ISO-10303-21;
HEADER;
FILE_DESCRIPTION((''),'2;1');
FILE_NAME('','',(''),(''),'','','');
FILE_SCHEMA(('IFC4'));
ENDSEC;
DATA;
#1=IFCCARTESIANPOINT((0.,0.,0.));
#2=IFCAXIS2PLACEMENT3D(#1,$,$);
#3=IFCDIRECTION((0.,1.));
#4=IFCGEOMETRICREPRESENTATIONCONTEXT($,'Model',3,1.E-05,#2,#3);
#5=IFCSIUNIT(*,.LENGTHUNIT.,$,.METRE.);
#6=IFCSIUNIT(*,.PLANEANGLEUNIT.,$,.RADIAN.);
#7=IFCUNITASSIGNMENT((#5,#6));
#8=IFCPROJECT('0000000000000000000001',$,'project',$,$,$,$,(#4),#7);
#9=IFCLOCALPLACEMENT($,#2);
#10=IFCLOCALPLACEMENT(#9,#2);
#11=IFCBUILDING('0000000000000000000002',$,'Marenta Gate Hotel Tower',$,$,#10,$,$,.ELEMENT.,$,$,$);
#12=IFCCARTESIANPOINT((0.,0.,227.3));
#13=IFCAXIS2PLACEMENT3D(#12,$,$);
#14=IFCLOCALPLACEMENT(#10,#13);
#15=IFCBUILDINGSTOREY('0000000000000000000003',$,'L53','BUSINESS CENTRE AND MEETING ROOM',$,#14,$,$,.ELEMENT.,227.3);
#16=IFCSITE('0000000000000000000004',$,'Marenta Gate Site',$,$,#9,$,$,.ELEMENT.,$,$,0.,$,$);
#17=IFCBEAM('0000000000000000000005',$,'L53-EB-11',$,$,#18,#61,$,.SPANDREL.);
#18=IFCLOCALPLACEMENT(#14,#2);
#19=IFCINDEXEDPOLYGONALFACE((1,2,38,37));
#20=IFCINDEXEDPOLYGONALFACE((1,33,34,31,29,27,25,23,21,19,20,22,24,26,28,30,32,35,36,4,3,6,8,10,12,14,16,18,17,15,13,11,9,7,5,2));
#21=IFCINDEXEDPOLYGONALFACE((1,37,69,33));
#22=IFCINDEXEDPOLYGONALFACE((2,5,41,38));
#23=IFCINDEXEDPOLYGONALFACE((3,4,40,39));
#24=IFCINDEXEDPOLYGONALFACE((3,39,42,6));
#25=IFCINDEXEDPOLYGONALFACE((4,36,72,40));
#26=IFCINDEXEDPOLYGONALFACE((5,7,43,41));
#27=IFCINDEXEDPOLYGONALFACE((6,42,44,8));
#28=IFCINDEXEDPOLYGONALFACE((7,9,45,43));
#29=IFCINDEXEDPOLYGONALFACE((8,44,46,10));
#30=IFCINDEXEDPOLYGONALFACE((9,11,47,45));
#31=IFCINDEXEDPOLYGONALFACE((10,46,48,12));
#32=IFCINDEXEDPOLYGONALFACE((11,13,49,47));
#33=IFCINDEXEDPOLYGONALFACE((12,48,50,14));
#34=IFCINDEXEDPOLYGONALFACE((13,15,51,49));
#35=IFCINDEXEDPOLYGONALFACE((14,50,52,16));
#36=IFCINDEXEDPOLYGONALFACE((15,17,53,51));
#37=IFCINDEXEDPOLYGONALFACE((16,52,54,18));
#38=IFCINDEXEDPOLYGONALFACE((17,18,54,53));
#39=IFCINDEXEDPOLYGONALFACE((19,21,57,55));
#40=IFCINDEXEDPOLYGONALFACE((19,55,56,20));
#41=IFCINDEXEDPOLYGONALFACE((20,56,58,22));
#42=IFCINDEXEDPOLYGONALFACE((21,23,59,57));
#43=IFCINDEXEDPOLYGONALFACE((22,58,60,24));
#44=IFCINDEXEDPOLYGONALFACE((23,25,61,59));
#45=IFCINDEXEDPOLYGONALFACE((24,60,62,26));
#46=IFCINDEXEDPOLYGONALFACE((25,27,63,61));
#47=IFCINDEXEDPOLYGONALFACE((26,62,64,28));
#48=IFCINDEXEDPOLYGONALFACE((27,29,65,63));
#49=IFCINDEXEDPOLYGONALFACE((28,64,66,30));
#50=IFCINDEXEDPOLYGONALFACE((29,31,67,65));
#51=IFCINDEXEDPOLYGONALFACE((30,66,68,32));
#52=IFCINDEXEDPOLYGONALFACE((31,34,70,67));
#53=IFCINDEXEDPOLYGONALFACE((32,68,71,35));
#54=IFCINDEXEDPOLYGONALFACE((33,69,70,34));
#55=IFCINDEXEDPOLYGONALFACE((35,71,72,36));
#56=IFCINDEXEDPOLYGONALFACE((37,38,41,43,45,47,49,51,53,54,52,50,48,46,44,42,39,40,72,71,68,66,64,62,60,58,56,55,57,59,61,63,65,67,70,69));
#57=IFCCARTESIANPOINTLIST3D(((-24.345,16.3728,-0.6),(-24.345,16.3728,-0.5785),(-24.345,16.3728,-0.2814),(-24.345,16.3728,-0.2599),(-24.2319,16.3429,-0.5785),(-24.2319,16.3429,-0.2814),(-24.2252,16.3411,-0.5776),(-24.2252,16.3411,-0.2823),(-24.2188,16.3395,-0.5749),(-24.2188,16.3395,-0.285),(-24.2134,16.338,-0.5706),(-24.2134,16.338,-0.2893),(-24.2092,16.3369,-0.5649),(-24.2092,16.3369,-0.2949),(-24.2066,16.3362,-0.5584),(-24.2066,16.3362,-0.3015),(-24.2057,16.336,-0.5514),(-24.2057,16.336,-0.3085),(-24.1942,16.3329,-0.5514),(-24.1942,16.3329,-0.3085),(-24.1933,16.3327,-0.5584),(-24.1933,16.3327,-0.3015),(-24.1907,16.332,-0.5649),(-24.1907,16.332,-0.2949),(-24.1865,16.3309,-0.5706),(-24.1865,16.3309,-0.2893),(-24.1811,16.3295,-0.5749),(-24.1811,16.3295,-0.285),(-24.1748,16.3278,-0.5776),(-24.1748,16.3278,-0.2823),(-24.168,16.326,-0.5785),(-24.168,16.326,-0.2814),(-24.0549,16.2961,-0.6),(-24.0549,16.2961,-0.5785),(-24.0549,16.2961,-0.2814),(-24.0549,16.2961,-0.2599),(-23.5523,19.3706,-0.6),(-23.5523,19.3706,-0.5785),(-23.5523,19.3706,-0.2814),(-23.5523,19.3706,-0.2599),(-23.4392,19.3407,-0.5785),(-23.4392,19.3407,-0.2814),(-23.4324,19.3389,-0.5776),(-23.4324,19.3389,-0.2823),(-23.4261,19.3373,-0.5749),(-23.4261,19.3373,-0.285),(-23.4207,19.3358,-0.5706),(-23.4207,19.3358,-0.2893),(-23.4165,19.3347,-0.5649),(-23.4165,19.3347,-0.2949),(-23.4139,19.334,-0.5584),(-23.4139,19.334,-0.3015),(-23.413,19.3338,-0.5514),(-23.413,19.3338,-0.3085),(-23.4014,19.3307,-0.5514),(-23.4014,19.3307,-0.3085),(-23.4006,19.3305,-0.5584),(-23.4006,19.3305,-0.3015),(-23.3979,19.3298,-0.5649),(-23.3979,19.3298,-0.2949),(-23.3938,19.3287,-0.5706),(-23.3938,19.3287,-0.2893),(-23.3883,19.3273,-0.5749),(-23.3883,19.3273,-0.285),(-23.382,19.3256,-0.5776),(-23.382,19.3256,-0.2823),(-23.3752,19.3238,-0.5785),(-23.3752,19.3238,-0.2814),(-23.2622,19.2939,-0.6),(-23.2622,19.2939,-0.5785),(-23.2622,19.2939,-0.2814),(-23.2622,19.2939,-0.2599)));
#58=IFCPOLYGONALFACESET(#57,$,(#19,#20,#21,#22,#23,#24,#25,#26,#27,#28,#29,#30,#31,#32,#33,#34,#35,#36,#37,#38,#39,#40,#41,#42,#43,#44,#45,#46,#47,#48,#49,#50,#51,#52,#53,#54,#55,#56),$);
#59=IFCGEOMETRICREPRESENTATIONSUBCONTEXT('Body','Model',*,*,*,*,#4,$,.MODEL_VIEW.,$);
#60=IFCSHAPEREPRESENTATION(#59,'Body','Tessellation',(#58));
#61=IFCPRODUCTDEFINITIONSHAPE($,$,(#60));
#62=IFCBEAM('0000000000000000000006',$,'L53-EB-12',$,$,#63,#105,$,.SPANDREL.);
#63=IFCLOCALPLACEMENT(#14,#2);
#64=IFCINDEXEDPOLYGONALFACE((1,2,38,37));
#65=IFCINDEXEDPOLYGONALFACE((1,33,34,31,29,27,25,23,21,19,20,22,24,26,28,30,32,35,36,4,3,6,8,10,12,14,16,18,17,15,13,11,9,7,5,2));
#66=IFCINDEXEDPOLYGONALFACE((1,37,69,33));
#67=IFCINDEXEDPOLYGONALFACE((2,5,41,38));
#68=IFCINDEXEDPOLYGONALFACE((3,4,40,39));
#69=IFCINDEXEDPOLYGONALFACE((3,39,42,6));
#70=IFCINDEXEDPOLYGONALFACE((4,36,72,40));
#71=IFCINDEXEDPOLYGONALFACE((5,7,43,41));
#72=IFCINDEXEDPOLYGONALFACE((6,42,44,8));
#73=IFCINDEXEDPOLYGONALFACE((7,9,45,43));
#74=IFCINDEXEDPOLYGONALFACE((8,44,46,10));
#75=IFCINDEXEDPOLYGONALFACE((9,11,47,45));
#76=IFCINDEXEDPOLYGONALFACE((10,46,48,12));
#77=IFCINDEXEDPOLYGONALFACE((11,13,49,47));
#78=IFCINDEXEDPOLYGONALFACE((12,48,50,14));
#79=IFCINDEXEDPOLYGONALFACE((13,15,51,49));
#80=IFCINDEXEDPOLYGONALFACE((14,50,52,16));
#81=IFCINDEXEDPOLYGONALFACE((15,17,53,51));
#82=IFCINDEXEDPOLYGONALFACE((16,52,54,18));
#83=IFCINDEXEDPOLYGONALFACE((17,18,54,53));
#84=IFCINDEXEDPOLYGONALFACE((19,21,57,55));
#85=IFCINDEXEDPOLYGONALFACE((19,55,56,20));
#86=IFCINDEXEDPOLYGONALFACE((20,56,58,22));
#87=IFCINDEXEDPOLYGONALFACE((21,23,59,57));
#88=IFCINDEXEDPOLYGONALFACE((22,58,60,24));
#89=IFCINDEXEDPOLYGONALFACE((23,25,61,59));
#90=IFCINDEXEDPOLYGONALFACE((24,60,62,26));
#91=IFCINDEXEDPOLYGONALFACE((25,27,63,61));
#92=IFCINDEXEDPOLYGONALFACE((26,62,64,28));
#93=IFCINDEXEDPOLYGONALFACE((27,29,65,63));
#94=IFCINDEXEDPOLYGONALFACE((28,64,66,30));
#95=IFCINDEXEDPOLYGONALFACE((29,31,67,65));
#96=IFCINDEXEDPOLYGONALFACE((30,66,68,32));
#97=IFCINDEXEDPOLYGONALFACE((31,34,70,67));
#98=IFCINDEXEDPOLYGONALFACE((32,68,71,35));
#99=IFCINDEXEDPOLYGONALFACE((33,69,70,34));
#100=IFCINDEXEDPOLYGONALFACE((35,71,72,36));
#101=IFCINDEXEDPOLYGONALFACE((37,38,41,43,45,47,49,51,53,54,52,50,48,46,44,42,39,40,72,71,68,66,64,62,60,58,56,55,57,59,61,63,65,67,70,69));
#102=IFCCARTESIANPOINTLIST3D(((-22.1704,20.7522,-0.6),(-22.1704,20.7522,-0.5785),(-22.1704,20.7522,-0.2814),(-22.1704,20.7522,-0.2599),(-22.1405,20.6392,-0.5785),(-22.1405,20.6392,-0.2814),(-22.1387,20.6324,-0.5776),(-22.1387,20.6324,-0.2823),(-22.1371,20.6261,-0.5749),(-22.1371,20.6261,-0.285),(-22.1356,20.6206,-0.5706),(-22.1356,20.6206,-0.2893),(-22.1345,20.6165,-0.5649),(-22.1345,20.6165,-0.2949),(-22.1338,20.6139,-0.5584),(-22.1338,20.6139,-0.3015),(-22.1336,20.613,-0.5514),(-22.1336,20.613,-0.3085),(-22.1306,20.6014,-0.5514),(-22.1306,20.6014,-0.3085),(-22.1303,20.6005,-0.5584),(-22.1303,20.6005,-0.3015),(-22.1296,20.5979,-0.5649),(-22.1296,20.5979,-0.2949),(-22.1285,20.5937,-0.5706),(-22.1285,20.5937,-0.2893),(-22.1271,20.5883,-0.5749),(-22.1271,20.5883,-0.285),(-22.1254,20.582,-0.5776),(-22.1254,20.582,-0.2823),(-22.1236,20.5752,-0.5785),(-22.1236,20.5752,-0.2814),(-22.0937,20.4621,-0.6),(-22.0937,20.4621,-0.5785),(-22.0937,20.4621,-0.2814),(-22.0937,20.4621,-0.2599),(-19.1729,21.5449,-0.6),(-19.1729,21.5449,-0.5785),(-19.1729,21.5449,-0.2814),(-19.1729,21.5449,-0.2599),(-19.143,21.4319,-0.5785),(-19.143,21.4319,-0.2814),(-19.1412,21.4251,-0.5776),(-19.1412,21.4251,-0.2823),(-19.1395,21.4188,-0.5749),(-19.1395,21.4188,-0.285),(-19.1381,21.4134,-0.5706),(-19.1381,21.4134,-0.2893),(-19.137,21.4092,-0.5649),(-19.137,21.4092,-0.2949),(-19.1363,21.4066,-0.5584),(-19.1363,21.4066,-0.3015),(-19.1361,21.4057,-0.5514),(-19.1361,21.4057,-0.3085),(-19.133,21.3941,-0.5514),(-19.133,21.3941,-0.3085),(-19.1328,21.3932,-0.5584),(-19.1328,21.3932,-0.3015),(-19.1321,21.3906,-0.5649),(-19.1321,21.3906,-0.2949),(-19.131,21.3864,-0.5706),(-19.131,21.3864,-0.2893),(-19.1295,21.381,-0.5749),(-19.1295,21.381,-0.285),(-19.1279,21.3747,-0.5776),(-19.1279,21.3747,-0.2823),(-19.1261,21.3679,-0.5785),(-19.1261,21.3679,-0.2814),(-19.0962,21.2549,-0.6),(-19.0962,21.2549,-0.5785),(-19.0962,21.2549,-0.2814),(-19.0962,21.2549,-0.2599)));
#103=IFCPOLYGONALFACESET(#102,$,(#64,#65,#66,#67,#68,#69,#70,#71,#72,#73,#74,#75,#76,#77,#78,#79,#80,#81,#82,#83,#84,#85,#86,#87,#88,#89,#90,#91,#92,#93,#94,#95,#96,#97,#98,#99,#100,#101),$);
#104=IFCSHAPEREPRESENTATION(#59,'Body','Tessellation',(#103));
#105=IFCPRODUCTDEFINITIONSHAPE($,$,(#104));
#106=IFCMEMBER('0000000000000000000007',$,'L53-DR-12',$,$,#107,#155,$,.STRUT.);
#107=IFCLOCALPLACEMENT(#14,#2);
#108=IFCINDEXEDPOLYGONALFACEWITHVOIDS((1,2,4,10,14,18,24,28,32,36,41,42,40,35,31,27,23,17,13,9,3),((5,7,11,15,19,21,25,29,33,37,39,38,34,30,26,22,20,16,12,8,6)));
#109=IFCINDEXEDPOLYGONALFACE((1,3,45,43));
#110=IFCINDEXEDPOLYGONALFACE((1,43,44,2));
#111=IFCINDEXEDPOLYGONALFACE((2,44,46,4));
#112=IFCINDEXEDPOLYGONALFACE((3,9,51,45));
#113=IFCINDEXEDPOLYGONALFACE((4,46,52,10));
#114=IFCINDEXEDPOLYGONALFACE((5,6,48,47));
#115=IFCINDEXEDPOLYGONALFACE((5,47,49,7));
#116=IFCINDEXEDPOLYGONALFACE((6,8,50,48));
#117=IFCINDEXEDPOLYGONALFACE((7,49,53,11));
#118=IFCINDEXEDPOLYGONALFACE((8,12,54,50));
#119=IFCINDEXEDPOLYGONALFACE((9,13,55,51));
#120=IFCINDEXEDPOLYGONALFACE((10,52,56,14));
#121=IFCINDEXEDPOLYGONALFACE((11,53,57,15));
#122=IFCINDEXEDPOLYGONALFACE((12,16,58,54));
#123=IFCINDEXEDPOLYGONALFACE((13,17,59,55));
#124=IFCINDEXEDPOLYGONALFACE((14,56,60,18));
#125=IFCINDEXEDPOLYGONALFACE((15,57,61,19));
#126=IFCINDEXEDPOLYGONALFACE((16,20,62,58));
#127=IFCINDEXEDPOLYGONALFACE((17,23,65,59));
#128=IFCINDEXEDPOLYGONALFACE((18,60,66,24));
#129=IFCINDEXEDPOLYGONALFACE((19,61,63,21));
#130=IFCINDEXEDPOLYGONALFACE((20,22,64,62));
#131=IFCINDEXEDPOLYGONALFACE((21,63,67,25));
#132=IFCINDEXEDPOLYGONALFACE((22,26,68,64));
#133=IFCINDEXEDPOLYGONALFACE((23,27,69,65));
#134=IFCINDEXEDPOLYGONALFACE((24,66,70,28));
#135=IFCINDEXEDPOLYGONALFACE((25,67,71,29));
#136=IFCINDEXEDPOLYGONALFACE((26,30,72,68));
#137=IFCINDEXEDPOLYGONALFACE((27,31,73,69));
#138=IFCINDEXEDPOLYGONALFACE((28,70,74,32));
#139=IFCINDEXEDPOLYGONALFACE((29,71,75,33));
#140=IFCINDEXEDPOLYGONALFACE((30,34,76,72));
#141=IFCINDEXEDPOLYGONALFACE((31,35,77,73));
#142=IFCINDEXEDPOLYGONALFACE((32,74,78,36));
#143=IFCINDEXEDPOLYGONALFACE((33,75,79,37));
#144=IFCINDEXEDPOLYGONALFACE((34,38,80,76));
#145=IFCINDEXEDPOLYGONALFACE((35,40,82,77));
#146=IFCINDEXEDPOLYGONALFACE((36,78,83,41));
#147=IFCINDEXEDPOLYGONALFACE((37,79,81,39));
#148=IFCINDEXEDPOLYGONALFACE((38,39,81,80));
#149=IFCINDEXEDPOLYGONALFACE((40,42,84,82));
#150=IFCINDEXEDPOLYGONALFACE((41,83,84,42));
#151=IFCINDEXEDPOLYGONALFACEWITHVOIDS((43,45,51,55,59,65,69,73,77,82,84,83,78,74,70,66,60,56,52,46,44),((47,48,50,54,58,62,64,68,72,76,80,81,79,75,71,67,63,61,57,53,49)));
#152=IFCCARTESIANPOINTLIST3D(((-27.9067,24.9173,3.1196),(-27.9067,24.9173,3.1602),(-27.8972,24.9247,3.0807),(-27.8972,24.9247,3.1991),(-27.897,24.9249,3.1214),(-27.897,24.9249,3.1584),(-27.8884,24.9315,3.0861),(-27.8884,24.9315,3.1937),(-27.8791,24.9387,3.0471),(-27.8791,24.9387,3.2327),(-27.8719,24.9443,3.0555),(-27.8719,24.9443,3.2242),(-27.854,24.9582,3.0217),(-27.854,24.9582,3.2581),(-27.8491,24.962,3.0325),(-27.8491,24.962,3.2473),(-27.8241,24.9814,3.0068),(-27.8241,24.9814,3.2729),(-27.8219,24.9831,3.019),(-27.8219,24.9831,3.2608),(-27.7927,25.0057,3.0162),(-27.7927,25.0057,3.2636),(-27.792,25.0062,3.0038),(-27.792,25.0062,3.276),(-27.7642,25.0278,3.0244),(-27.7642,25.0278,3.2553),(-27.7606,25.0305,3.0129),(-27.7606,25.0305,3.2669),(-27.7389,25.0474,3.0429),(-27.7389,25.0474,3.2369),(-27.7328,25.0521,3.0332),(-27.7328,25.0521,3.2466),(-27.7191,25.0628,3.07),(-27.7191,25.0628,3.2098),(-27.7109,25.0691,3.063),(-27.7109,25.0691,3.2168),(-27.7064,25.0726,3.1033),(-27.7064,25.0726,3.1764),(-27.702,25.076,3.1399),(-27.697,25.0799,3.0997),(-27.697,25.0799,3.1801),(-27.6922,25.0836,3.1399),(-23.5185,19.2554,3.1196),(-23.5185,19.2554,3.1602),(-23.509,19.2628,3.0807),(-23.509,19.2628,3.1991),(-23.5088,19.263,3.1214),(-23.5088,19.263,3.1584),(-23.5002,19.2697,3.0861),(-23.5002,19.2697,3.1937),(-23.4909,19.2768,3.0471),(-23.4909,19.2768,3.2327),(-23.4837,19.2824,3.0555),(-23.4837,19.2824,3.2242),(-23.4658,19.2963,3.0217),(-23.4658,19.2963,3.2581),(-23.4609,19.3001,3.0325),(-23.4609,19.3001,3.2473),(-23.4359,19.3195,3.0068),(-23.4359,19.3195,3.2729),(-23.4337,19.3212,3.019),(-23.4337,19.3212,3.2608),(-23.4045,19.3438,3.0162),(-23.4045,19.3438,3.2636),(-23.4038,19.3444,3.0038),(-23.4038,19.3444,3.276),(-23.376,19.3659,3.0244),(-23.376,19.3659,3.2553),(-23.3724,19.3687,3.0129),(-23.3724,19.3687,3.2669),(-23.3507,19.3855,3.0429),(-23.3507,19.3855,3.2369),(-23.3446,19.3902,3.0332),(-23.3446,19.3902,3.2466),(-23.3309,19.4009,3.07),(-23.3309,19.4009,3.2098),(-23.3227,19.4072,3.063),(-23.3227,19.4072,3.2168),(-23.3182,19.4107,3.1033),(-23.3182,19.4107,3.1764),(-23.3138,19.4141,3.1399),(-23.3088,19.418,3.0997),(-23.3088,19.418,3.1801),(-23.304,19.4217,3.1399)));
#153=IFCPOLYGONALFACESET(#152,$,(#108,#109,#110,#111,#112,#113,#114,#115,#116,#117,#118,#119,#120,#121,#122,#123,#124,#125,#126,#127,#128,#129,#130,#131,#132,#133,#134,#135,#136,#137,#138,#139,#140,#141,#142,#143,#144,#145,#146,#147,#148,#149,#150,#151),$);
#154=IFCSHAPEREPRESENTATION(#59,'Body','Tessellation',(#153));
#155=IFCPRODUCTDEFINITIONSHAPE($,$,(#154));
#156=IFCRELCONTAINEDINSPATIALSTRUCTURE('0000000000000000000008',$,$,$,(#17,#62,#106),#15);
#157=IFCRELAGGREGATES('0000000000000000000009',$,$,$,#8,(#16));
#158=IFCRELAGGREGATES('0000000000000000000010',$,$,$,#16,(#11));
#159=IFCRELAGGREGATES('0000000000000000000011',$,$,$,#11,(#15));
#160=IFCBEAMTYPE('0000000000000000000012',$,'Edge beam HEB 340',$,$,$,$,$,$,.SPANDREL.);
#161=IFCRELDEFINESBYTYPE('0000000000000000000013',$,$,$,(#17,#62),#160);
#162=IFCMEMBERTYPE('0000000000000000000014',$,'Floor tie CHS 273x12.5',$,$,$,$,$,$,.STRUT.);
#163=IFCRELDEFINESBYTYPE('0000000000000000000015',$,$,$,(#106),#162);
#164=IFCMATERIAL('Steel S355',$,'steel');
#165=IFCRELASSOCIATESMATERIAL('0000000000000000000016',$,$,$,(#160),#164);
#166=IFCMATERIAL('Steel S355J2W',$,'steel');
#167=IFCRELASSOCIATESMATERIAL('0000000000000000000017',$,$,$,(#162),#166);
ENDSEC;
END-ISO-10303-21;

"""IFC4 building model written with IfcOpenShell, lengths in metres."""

from ifc_helpers import new_model, si_unit, direction, frame, origin, origin_2d, place, context, subcontext, project, spatial, hollow_circle, i_section, extrude, material, material_profile, profile_set, type_object, element, save


model = new_model("IFC4")

# Units and contexts
model_context = context("Model", 3, precision=1e-05, world=origin(), true_north=direction((0.0, 1.0)))
body_context = subcontext(model_context, "Body", "Model", "MODEL_VIEW")
ifc_project = project(units=[si_unit("LENGTHUNIT", "METRE"), si_unit("PLANEANGLEUNIT", "RADIAN")], contexts=[model_context])

# Site, building, storey
site_placement = place(None, origin())
site = spatial("IfcSite", under=ifc_project, at=site_placement, Name="Marenta Gate Site", CompositionType="ELEMENT", RefElevation=0.0)
building_placement = place(site_placement, origin())
building = spatial("IfcBuilding", under=site, at=building_placement, Name="Marenta Gate Hotel Tower", CompositionType="ELEMENT")
storey_placement = place(building_placement, frame((0.0, 0.0, 227.3)))
storey = spatial("IfcBuildingStorey", under=building, at=storey_placement, Name="L53", Description="BUSINESS CENTRE AND MEETING ROOM", CompositionType="ELEMENT", Elevation=227.3)

# Beams
ifc_material_1 = material(Name="Steel S355", Category="steel")
ifc_material_profile_1 = material_profile(ifc_material_1, i_section(OverallWidth=0.3, OverallDepth=0.3401, WebThickness=0.012, FlangeThickness=0.0215, FilletRadius=0.0271, at=origin_2d()), Name="HEB 340")
ifc_profile_set_1 = profile_set([ifc_material_profile_1], Name="Steel S355")
beam_type_1 = type_object("IfcBeamType", Name="Edge beam HEB 340", PredefinedType="SPANDREL", material=ifc_profile_set_1)
beam_1_placement = place(storey_placement, frame((-24.2, 16.3345, -0.4299), z_axis=(0.255648, 0.96677, 0.0), x_axis=(-0.96677, 0.255648, 0.0)))
element("IfcBeam", 1, at=beam_1_placement, inside=storey, type_object=beam_type_1, Name="L53-EB-11", PredefinedType="SPANDREL", context=body_context, shape_type="SweptSolid", body=[
    extrude(i_section(OverallWidth=0.3, OverallDepth=0.3401, WebThickness=0.012, FlangeThickness=0.0215, FilletRadius=0.0271, at=origin_2d()), origin(), (0.0, 0.0, 1.0), 3.1008),
])
beam_2_placement = place(storey_placement, frame((-22.1321, 20.6072, -0.4299), z_axis=(0.966765, 0.255667, 0.0), x_axis=(-0.255667, 0.966765, 0.0)))
element("IfcBeam", 2, at=beam_2_placement, inside=storey, type_object=beam_type_1, Name="L53-EB-12", PredefinedType="SPANDREL", context=body_context, shape_type="SweptSolid", body=[
    extrude(i_section(OverallWidth=0.3, OverallDepth=0.3401, WebThickness=0.012, FlangeThickness=0.0215, FilletRadius=0.0271, at=origin_2d()), origin(), (0.0, 0.0, 1.0), 3.1006),
])

# Member
ifc_material_2 = material(Name="Steel S355J2W", Category="steel")
ifc_material_profile_2 = material_profile(ifc_material_2, hollow_circle(Radius=0.1365, WallThickness=0.0125, at=origin_2d()), Name="CHS 273x12.5")
ifc_profile_set_2 = profile_set([ifc_material_profile_2], Name="Steel S355J2W")
member_type_1 = type_object("IfcMemberType", Name="Floor tie CHS 273x12.5", PredefinedType="STRUT", material=ifc_profile_set_2)
member_1_placement = place(storey_placement, frame((-27.8, 25.0, 3.1399), z_axis=(0.612592, -0.790399, 0.0), x_axis=(0.790399, 0.612592, 0.0)))
element("IfcMember", 3, at=member_1_placement, inside=storey, type_object=member_type_1, Name="L53-DR-12", PredefinedType="STRUT", context=body_context, shape_type="SweptSolid", body=[
    extrude(hollow_circle(Radius=0.1365, WallThickness=0.0125, at=origin_2d()), origin(), (0.0, 0.0, 1.0), 7.1633),
])

save(model, "model.ifc")
